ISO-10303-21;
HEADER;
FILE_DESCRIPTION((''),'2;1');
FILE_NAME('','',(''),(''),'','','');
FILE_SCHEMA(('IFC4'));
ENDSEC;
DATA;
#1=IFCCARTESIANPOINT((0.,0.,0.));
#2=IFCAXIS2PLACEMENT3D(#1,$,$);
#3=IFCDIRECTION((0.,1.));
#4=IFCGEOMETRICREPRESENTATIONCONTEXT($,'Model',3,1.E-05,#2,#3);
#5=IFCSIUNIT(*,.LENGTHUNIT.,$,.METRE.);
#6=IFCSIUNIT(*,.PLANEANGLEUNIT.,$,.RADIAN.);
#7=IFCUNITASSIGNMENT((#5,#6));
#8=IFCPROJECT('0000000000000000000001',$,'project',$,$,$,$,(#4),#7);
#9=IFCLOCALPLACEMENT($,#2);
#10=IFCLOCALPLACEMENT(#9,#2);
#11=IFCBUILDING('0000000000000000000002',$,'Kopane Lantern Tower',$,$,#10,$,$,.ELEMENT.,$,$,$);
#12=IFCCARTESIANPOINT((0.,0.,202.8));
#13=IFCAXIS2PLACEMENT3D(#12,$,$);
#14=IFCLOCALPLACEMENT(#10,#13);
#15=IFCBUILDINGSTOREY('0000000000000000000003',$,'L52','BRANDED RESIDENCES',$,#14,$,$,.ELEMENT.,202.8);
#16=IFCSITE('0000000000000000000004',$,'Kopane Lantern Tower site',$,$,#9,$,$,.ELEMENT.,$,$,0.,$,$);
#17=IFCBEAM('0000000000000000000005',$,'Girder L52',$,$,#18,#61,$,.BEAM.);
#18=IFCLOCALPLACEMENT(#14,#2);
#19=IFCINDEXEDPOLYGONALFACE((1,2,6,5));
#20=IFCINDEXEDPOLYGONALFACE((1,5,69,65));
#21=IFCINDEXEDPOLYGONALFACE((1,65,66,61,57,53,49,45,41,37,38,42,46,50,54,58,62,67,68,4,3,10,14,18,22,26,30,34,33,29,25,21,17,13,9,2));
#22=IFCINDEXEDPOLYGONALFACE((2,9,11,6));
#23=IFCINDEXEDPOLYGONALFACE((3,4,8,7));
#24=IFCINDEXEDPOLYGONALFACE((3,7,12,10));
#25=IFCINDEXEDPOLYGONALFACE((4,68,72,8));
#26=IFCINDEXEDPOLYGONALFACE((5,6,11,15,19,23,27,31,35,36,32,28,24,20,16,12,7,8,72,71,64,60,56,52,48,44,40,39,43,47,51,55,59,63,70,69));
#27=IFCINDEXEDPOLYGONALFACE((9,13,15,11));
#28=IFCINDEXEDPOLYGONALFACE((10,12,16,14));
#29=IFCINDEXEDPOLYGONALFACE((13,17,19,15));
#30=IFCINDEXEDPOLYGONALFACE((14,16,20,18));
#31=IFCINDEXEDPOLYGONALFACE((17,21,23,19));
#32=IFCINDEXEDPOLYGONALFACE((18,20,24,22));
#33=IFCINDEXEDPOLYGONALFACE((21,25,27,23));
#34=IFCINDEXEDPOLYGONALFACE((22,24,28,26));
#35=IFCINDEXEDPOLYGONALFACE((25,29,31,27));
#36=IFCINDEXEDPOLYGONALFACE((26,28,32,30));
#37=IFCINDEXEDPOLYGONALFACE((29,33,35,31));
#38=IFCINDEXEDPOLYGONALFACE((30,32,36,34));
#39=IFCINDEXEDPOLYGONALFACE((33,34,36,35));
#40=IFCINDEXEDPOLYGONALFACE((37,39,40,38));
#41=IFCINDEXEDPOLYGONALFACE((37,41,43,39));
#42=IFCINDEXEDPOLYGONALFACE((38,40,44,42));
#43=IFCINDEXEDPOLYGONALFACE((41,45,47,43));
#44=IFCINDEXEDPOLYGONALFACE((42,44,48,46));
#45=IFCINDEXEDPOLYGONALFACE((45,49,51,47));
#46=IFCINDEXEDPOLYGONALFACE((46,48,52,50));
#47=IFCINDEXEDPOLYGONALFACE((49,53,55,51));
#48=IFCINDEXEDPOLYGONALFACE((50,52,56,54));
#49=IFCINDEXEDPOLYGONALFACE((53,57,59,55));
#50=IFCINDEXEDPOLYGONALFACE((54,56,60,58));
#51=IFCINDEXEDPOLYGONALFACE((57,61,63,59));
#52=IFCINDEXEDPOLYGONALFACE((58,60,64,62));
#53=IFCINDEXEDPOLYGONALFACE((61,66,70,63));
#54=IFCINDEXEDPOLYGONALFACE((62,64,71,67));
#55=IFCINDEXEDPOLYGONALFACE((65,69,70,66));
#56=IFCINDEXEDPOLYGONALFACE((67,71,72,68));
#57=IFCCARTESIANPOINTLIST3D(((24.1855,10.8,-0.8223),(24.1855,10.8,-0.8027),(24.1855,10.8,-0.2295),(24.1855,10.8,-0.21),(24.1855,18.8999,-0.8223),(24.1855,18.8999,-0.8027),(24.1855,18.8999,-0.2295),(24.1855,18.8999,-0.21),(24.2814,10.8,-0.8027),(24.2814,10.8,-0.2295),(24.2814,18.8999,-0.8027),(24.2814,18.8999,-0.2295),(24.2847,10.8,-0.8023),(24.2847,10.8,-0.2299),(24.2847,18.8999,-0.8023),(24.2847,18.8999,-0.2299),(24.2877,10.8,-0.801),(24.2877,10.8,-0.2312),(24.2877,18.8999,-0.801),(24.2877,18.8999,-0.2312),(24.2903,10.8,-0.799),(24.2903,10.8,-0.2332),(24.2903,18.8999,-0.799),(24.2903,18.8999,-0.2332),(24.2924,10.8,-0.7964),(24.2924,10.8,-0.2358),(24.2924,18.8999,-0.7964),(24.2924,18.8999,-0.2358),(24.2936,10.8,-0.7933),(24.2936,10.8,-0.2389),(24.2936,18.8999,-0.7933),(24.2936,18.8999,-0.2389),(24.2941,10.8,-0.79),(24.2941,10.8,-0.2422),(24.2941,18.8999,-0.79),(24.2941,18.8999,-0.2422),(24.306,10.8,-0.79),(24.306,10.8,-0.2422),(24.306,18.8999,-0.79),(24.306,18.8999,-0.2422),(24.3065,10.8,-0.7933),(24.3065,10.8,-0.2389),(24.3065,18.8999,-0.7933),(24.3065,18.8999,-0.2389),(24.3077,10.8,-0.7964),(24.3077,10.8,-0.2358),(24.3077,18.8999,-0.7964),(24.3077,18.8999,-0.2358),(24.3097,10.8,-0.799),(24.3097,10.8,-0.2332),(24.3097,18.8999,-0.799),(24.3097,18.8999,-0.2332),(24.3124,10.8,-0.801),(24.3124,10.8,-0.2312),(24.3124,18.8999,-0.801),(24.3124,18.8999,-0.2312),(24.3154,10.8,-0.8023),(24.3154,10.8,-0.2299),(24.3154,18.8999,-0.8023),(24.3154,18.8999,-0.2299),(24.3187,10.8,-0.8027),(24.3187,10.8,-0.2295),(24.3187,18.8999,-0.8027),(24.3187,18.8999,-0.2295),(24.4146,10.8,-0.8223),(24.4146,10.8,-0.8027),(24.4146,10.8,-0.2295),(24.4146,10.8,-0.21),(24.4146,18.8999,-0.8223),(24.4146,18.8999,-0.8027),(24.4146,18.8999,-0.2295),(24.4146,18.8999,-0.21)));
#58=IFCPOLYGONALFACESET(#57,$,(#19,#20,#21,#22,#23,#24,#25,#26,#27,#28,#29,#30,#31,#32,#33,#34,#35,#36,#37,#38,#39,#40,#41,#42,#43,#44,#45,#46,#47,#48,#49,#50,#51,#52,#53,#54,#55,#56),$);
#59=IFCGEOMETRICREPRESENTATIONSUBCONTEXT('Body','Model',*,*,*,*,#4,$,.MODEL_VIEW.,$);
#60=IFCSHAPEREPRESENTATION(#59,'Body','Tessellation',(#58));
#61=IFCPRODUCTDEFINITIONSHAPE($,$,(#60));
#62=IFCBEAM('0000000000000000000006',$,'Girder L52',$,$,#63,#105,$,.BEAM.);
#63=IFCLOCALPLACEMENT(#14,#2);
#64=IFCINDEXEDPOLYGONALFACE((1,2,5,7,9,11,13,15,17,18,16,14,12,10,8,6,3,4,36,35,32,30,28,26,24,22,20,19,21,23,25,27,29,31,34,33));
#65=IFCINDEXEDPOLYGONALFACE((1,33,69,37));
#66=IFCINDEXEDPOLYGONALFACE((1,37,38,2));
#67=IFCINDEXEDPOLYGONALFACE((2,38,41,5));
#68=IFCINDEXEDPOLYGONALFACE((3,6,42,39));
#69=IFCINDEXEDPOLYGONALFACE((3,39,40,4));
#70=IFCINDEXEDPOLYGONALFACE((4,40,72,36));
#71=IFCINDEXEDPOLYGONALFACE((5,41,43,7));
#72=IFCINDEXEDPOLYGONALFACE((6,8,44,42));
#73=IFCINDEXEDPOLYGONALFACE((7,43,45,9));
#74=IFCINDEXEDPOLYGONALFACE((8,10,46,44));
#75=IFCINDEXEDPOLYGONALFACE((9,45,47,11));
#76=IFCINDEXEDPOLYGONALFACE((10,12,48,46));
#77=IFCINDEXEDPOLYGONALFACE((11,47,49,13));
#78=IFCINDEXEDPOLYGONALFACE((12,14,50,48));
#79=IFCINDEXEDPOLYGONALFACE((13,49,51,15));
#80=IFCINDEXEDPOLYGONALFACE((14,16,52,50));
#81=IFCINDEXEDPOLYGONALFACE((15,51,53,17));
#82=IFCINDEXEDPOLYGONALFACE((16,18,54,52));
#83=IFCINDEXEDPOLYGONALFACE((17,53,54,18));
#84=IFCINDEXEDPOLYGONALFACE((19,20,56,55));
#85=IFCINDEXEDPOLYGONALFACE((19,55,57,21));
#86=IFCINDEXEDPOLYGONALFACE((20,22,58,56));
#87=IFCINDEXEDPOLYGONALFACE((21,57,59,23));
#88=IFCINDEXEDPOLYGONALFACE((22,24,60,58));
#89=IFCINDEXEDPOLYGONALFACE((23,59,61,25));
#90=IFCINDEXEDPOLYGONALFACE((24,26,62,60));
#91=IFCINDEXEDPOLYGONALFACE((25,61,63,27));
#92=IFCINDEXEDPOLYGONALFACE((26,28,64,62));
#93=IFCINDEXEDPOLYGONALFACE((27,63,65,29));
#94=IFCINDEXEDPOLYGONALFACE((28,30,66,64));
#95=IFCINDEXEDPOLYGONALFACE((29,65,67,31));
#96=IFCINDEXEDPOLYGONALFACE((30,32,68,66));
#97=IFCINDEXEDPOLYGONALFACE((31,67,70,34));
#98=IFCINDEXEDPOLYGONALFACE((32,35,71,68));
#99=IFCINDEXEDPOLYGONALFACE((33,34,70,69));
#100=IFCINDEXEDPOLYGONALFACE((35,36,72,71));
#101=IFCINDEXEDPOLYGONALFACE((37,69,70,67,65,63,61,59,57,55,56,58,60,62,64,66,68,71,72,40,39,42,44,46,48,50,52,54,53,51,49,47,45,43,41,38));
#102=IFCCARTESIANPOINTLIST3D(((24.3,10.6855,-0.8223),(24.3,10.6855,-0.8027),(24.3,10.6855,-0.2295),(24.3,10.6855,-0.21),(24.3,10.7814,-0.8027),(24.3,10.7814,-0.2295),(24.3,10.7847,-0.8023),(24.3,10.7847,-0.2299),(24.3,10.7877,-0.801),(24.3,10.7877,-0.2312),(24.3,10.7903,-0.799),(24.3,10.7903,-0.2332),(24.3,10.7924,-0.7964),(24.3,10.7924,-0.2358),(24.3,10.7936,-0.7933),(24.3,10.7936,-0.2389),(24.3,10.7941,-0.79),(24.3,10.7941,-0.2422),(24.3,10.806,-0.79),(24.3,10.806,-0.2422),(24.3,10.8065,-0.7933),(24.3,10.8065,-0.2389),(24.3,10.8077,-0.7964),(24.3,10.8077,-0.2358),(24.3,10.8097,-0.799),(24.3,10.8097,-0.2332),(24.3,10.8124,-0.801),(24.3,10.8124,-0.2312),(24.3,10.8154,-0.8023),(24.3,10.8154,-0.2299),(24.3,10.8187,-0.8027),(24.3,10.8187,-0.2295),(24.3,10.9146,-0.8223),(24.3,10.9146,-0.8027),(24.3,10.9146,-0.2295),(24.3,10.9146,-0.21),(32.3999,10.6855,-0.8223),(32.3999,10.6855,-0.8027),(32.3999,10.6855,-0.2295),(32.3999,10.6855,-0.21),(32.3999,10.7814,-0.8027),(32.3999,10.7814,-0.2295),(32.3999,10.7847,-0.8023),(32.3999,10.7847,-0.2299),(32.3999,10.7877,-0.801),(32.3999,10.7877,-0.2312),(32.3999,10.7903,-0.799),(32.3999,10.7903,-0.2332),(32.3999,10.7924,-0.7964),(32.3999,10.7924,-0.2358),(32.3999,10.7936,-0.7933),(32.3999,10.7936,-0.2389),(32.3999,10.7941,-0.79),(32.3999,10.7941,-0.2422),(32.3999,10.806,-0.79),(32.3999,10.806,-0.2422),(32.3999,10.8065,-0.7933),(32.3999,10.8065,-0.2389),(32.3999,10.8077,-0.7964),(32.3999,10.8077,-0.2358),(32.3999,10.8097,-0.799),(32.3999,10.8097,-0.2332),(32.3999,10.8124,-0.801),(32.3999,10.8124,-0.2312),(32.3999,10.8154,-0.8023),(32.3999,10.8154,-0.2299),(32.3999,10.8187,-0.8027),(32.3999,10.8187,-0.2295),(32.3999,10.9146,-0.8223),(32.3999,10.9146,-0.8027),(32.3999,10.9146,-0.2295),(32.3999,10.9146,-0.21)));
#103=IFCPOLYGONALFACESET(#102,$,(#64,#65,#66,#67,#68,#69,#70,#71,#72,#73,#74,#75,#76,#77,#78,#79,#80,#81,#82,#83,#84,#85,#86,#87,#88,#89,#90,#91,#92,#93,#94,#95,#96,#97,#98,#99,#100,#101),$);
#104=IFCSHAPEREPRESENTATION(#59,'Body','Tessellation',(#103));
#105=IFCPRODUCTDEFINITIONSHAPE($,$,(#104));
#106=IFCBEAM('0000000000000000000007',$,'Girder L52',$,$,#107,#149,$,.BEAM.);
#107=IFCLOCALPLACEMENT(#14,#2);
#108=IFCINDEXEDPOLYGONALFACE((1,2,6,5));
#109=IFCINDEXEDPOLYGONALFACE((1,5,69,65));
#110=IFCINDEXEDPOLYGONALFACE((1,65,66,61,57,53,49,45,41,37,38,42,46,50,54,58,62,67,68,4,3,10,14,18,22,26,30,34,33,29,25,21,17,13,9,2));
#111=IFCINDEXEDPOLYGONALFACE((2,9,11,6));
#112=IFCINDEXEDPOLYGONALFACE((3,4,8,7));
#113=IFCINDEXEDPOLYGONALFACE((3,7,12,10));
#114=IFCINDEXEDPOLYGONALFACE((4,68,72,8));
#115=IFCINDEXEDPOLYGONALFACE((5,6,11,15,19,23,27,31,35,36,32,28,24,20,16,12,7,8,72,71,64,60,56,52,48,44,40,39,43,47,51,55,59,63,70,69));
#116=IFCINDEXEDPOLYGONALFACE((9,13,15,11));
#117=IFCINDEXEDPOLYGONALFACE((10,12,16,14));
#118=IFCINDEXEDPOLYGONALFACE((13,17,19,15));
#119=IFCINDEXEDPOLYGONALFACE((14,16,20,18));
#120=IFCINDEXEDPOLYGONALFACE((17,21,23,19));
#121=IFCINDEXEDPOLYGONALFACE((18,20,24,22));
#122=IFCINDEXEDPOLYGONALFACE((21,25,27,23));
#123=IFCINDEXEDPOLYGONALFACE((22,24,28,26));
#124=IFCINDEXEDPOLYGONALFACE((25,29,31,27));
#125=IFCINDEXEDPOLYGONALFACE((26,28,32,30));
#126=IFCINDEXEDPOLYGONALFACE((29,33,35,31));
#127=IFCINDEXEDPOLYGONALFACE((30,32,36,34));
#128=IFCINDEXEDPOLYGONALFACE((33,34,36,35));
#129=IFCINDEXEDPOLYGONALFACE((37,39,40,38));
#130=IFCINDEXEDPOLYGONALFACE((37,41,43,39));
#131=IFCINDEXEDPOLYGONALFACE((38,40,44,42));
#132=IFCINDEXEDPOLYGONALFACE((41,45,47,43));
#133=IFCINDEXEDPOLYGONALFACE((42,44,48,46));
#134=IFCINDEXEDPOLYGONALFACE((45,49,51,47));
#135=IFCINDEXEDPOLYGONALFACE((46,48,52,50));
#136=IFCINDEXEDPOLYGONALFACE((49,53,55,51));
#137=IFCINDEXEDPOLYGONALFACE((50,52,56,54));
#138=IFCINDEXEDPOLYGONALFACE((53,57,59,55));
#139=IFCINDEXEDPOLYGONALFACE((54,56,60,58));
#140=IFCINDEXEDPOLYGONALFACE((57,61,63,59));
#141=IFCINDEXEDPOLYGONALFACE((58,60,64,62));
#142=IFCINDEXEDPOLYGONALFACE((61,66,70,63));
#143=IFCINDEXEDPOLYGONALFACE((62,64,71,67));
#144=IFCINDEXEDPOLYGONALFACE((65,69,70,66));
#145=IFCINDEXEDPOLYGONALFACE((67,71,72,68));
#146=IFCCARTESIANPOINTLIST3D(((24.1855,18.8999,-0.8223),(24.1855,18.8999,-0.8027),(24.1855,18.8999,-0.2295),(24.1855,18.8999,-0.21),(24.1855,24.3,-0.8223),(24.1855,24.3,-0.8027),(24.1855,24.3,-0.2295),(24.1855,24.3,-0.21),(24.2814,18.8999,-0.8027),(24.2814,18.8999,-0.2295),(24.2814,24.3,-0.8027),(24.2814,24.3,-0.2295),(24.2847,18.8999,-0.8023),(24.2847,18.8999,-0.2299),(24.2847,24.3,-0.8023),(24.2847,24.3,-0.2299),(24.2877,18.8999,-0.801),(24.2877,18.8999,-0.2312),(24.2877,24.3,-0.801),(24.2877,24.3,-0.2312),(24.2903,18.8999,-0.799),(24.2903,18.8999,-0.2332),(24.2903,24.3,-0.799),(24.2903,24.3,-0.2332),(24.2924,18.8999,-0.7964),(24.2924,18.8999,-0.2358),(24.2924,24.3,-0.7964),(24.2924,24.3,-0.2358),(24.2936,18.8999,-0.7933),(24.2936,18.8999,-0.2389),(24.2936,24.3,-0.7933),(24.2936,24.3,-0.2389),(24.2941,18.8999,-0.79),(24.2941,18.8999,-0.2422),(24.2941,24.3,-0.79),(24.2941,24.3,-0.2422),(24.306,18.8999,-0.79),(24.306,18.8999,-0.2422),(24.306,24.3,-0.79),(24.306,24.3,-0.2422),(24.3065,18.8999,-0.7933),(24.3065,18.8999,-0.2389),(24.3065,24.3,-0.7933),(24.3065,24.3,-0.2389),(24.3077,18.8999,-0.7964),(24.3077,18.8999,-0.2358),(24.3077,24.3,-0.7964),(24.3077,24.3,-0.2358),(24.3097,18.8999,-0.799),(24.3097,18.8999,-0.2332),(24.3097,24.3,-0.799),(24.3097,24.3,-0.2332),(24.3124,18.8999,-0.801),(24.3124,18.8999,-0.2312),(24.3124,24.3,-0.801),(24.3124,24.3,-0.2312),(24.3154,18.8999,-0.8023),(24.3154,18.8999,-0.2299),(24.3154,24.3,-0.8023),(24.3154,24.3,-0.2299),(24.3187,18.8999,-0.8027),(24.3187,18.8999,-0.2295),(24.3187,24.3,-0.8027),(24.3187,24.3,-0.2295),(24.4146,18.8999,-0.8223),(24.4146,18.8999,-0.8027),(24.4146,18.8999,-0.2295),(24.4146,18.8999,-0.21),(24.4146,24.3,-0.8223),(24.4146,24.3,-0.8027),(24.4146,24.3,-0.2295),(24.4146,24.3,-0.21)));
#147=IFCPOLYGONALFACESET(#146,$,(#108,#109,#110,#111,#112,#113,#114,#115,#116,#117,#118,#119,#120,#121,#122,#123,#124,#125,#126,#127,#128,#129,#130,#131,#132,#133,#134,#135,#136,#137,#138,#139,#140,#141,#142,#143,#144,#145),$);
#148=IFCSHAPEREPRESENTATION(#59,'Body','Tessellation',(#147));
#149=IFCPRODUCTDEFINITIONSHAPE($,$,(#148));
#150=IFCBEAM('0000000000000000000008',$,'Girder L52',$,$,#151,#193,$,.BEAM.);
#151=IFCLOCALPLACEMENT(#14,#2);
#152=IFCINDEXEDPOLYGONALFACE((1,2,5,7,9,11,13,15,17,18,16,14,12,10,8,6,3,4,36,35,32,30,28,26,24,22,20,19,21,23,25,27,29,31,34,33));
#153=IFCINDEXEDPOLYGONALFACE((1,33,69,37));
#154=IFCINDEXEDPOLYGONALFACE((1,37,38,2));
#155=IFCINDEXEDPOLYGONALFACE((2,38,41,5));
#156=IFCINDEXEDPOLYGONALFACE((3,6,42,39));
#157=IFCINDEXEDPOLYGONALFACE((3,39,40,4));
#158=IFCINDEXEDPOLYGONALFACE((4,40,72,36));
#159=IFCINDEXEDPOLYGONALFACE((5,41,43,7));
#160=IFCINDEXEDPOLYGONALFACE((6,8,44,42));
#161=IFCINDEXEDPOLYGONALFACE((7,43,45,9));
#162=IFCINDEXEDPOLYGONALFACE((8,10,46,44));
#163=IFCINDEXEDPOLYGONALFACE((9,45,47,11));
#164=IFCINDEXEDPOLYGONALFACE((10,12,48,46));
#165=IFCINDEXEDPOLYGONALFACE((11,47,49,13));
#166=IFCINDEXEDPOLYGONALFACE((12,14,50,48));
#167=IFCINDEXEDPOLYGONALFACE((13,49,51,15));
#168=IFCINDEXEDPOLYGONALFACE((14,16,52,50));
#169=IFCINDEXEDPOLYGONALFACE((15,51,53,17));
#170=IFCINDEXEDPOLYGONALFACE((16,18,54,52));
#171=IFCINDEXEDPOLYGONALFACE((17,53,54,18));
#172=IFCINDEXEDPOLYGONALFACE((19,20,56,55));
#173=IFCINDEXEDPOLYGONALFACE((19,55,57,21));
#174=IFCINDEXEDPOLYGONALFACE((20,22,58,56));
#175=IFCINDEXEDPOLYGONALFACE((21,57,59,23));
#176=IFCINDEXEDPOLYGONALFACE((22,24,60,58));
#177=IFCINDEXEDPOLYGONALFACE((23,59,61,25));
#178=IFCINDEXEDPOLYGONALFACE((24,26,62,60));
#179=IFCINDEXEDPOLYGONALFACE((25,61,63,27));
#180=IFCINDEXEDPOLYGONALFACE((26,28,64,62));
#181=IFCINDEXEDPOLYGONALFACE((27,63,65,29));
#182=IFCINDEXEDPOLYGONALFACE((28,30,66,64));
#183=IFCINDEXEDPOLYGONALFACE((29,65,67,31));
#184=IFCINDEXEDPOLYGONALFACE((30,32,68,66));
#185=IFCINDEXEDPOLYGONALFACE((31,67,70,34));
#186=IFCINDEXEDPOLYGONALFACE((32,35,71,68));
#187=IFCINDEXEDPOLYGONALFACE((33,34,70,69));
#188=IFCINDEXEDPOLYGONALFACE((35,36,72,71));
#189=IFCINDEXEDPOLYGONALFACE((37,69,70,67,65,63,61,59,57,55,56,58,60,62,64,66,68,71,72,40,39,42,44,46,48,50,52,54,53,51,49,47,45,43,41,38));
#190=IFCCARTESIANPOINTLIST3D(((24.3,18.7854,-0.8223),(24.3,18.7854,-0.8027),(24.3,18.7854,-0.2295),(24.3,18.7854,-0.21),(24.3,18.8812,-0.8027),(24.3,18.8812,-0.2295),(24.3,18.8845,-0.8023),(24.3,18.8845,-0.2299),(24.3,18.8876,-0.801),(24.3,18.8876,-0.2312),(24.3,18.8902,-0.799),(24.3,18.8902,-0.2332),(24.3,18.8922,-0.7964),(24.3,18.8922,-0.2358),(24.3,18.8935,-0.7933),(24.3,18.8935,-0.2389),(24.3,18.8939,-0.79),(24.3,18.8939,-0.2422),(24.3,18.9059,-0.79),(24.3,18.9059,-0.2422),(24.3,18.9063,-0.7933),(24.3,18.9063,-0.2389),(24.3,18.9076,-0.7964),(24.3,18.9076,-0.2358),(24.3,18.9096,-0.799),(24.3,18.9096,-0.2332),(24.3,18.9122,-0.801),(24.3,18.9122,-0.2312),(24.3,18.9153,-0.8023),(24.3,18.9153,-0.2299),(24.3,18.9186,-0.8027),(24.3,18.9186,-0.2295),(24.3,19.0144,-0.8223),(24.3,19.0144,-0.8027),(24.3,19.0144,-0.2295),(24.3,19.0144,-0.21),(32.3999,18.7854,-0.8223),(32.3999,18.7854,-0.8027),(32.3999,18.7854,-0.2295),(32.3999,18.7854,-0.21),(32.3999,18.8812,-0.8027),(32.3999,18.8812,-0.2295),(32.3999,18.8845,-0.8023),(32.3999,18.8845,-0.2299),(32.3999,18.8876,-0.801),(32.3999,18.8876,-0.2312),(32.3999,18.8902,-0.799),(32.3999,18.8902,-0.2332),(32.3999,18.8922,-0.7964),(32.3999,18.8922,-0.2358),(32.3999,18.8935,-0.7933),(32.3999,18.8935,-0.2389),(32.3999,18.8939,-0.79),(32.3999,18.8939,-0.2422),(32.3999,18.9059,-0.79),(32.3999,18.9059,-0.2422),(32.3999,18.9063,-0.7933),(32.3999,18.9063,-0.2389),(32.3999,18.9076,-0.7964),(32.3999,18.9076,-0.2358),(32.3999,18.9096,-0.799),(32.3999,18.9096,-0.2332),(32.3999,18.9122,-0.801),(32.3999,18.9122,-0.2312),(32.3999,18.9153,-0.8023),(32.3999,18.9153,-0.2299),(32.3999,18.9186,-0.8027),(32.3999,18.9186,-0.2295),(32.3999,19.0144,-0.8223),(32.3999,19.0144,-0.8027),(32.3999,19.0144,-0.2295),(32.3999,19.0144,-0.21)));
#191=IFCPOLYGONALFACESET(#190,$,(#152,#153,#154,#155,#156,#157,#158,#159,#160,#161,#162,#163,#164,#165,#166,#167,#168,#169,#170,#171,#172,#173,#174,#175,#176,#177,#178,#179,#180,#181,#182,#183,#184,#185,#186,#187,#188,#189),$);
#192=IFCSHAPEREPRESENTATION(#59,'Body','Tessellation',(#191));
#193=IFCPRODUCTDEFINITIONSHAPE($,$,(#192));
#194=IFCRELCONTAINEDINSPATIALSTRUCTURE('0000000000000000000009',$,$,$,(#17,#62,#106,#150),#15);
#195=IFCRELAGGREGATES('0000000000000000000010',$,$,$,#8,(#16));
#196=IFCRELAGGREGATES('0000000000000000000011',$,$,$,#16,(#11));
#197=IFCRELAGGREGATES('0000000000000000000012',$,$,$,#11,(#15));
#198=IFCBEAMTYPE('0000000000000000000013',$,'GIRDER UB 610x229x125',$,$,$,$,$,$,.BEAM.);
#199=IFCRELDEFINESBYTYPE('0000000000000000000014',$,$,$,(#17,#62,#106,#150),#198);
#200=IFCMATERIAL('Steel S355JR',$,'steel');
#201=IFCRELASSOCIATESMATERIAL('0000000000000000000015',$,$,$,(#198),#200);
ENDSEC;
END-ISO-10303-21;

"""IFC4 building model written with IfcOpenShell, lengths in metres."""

from ifc_helpers import new_model, si_unit, direction, frame, origin, origin_2d, place, context, subcontext, project, spatial, i_section, extrude, material, material_profile, profile_set, type_object, element, save


model = new_model("IFC4")

# Units and contexts
model_context = context("Model", 3, precision=1e-05, world=origin(), true_north=direction((0.0, 1.0)))
body_context = subcontext(model_context, "Body", "Model", "MODEL_VIEW")
ifc_project = project(units=[si_unit("LENGTHUNIT", "METRE"), si_unit("PLANEANGLEUNIT", "RADIAN")], contexts=[model_context])

# Site, building, storey
site_placement = place(None, origin())
site = spatial("IfcSite", under=ifc_project, at=site_placement, Name="Kopane Lantern Tower site", CompositionType="ELEMENT", RefElevation=0.0)
building_placement = place(site_placement, origin())
building = spatial("IfcBuilding", under=site, at=building_placement, Name="Kopane Lantern Tower", CompositionType="ELEMENT")
storey_placement = place(building_placement, frame((0.0, 0.0, 202.8)))
storey = spatial("IfcBuildingStorey", under=building, at=storey_placement, Name="L52", Description="BRANDED RESIDENCES", CompositionType="ELEMENT", Elevation=202.8)

# Beams
ifc_material_1 = material(Name="Steel S355JR", Category="steel")
ifc_material_profile_1 = material_profile(ifc_material_1, i_section(OverallWidth=0.229, OverallDepth=0.6123, WebThickness=0.012, FlangeThickness=0.0195, FilletRadius=0.0127, at=origin_2d()), Name="UB 610x229x125")
ifc_profile_set_1 = profile_set([ifc_material_profile_1], Name="Steel S355JR")
beam_type = type_object("IfcBeamType", Name="GIRDER UB 610x229x125", PredefinedType="BEAM", material=ifc_profile_set_1)
for number, where, z_axis, x_axis, name in (
    (1, (24.3, 10.8, -0.5161), (0.0, 1.0, 0.0), (-1.0, 0.0, 0.0), "Girder L52"),
    (2, (24.3, 10.8, -0.5161), (1.0, 0.0, 0.0), (0.0, 1.0, 0.0), "Girder L52"),
):
    element("IfcBeam", number, at=place(storey_placement, frame(where, z_axis=z_axis, x_axis=x_axis)), inside=storey, type_object=beam_type, Name=name, PredefinedType="BEAM", context=body_context, shape_type="SweptSolid", body=[
        extrude(i_section(OverallWidth=0.229, OverallDepth=0.6123, WebThickness=0.012, FlangeThickness=0.0195, FilletRadius=0.0127, at=origin_2d()), origin(), (0.0, 0.0, 1.0), 8.0999),
    ])
beam_1_placement = place(storey_placement, frame((24.3, 18.8999, -0.5161), z_axis=(0.0, 1.0, 0.0), x_axis=(-1.0, 0.0, 0.0)))
element("IfcBeam", 3, at=beam_1_placement, inside=storey, type_object=beam_type, Name="Girder L52", PredefinedType="BEAM", context=body_context, shape_type="SweptSolid", body=[
    extrude(i_section(OverallWidth=0.229, OverallDepth=0.6123, WebThickness=0.012, FlangeThickness=0.0195, FilletRadius=0.0127, at=origin_2d()), origin(), (0.0, 0.0, 1.0), 5.4001),
])
beam_2_placement = place(storey_placement, frame((24.3, 18.8999, -0.5161), z_axis=(1.0, 0.0, 0.0), x_axis=(0.0, 1.0, 0.0)))
element("IfcBeam", 4, at=beam_2_placement, inside=storey, type_object=beam_type, Name="Girder L52", PredefinedType="BEAM", context=body_context, shape_type="SweptSolid", body=[
    extrude(i_section(OverallWidth=0.229, OverallDepth=0.6123, WebThickness=0.012, FlangeThickness=0.0195, FilletRadius=0.0127, at=origin_2d()), origin(), (0.0, 0.0, 1.0), 8.0999),
])

save(model, "model.ifc")
